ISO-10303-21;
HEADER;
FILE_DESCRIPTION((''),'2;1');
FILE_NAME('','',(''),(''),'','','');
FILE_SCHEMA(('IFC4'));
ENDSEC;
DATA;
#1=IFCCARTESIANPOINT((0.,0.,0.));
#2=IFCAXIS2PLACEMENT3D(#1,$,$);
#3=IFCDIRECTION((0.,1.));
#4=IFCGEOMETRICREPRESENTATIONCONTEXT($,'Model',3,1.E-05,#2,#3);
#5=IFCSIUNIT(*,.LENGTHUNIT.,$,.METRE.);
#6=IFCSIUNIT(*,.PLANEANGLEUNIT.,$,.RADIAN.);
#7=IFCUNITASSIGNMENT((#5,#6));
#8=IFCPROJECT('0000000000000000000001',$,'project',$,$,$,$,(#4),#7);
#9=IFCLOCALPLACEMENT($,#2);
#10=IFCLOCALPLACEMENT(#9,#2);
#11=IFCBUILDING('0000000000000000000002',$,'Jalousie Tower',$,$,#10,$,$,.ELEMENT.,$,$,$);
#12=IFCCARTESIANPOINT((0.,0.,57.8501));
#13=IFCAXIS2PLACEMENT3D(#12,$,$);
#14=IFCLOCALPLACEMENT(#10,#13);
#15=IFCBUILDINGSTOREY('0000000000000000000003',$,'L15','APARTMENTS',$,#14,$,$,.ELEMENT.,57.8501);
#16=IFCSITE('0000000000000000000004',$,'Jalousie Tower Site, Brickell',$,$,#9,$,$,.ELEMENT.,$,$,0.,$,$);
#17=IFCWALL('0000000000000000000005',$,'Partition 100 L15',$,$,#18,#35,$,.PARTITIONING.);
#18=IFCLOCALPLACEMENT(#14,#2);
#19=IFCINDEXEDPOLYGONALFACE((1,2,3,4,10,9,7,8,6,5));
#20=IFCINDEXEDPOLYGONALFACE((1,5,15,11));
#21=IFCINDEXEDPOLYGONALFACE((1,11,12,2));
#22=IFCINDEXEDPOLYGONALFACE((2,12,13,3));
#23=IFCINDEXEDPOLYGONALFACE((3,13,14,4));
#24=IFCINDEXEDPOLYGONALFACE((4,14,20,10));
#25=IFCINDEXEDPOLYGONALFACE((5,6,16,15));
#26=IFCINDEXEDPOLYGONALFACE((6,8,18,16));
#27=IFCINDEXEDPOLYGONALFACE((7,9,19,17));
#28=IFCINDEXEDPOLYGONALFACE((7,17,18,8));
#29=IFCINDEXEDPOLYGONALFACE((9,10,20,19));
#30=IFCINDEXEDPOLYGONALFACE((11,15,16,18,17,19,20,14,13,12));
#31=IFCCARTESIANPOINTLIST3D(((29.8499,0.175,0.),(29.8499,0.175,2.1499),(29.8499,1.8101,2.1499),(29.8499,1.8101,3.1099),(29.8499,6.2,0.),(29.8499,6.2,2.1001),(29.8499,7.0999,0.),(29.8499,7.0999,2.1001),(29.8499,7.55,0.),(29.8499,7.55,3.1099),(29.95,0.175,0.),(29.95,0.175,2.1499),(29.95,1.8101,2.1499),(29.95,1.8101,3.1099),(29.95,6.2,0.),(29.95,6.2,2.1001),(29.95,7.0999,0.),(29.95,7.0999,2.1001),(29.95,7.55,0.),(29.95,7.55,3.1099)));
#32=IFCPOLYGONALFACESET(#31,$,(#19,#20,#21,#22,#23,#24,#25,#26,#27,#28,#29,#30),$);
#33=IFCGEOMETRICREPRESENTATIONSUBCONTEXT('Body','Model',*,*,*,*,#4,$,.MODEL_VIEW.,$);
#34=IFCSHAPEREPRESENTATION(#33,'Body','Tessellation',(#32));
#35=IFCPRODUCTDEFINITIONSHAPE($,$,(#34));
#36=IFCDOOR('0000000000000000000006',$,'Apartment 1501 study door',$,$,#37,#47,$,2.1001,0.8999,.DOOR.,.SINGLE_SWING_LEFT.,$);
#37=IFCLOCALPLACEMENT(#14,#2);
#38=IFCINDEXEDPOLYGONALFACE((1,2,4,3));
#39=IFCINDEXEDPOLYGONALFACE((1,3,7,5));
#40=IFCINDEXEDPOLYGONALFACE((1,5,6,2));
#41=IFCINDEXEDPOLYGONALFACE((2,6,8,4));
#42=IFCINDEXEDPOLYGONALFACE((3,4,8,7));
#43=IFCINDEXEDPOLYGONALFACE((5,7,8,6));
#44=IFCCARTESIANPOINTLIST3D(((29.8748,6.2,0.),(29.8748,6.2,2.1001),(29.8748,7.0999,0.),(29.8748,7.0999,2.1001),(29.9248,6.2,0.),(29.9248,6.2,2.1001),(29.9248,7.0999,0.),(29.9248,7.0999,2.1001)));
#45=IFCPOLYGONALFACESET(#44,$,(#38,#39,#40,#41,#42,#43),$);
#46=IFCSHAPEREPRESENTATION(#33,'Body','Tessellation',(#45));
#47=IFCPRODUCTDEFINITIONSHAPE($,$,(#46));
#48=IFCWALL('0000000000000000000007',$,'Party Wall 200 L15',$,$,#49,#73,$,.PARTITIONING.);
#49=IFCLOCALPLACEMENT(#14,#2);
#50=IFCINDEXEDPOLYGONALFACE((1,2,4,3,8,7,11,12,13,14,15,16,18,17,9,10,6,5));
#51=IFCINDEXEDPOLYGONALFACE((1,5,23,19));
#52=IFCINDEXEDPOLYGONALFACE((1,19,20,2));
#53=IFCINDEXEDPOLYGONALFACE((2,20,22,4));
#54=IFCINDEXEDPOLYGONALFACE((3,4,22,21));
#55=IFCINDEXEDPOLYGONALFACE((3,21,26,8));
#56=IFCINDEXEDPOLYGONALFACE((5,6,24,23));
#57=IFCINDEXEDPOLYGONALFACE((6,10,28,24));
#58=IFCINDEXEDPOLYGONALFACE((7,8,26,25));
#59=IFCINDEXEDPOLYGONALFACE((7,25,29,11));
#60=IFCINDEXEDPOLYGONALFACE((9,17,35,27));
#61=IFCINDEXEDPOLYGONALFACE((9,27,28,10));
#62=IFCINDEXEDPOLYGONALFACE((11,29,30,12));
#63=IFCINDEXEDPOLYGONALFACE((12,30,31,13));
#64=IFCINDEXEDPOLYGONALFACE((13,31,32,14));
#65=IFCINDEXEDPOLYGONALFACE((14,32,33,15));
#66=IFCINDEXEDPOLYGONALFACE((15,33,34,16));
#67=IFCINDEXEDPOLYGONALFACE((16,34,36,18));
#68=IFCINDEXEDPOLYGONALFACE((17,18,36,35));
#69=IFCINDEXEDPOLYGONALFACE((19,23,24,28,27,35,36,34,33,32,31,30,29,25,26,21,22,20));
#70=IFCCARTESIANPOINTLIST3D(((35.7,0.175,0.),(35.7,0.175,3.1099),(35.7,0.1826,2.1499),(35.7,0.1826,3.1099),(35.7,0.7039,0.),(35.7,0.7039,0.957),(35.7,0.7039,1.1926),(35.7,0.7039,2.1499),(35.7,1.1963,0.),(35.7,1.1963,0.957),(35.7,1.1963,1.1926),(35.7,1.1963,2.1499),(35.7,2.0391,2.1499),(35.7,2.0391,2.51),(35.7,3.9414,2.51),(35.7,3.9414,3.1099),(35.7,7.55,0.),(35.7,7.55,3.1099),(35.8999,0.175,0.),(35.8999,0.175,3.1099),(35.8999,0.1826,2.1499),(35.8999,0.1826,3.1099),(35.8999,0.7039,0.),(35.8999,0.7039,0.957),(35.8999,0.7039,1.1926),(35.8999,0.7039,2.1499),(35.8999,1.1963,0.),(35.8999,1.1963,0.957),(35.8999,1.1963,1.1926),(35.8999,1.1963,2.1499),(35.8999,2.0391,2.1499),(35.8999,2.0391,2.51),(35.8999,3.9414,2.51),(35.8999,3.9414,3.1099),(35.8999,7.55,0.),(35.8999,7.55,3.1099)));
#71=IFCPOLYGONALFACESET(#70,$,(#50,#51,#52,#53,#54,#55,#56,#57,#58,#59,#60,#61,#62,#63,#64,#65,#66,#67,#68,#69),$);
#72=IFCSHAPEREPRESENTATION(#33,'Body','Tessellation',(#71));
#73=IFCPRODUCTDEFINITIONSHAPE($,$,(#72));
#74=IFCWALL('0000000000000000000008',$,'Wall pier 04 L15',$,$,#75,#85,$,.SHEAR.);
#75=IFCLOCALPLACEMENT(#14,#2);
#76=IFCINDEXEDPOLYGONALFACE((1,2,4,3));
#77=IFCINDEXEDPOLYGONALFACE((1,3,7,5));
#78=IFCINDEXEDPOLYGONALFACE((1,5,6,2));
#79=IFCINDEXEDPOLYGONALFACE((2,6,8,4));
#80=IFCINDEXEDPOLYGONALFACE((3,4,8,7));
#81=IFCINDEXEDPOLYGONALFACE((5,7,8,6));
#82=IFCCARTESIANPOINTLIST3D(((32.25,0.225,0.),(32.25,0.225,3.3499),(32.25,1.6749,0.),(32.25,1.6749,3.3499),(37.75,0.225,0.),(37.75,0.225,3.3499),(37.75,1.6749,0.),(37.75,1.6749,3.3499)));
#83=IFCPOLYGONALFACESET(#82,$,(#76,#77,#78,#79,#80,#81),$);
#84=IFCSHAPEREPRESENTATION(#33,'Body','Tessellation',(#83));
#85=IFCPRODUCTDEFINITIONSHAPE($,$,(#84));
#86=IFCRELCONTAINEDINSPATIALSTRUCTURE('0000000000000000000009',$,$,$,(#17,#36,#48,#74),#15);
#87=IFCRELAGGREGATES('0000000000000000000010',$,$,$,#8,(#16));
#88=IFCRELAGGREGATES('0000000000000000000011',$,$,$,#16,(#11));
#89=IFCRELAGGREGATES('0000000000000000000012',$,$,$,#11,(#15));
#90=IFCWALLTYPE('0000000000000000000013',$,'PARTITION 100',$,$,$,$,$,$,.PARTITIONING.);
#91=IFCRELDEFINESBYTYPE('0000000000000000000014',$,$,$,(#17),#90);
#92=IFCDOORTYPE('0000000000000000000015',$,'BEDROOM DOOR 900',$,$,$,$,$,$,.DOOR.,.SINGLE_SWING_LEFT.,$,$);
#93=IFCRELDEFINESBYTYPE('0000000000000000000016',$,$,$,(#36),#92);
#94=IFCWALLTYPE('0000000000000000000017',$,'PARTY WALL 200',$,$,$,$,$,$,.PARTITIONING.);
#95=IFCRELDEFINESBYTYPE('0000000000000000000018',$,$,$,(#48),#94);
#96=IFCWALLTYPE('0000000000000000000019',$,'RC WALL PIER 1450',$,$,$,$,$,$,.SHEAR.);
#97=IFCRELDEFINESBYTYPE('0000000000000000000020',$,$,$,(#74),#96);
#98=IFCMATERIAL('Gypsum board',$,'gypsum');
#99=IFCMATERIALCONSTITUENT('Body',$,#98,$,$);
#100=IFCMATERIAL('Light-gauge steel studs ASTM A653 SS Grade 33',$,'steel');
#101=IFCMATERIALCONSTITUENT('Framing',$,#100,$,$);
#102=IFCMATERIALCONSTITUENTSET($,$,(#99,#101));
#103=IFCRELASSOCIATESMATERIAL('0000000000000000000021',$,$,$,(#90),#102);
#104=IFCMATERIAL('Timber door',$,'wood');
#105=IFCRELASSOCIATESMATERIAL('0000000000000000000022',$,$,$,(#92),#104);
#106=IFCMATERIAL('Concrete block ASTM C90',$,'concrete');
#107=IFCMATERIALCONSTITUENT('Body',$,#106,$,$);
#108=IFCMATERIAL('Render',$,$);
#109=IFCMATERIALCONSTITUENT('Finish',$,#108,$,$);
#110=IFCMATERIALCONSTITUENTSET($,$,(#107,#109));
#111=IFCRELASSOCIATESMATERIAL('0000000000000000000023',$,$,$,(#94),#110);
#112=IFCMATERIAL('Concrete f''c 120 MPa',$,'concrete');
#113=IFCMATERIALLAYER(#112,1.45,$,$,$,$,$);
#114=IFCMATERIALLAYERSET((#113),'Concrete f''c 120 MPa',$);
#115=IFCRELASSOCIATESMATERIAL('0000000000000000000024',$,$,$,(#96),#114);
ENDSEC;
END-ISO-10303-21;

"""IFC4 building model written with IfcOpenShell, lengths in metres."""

from ifc_helpers import new_model, si_unit, direction, frame, frame_2d, origin, place, context, subcontext, project, spatial, polyline, rectangle, outline, extrude, material, layer, layer_set, constituent, constituent_set, type_object, element, fill, save


model = new_model("IFC4")

# Units and contexts
model_context = context("Model", 3, precision=1e-05, world=origin(), true_north=direction((0.0, 1.0)))
body_context = subcontext(model_context, "Body", "Model", "MODEL_VIEW")
ifc_project = project(units=[si_unit("LENGTHUNIT", "METRE"), si_unit("PLANEANGLEUNIT", "RADIAN")], contexts=[model_context])

# Site, building, storey
site_placement = place(None, origin())
site = spatial("IfcSite", under=ifc_project, at=site_placement, Name="Jalousie Tower Site, Brickell", CompositionType="ELEMENT", RefElevation=0.0)
building_placement = place(site_placement, origin())
building = spatial("IfcBuilding", under=site, at=building_placement, Name="Jalousie Tower", CompositionType="ELEMENT")
storey_placement = place(building_placement, frame((0.0, 0.0, 57.8501)))
storey = spatial("IfcBuildingStorey", under=building, at=storey_placement, Name="L15", Description="APARTMENTS", CompositionType="ELEMENT", Elevation=57.8501)

# Wall, opening, door
ifc_material_1 = material(Name="Gypsum board", Category="gypsum")
ifc_constituent_1 = constituent(ifc_material_1, Name="Body")
ifc_material_2 = material(Name="Light-gauge steel studs ASTM A653 SS Grade 33", Category="steel")
ifc_constituent_2 = constituent(ifc_material_2, Name="Framing")
ifc_constituent_set_1 = constituent_set(constituents=[ifc_constituent_1, ifc_constituent_2])
wall_type_1 = type_object("IfcWallType", Name="PARTITION 100", PredefinedType="PARTITIONING", material=ifc_constituent_set_1)
wall_1_placement = place(storey_placement, frame((29.8999, 0.175, 0.0), z_axis=(0.0, 0.0, 1.0), x_axis=(0.0, 1.0, 0.0)))
wall_1 = element("IfcWall", 1, at=wall_1_placement, inside=storey, type_object=wall_type_1, Name="Partition 100 L15", PredefinedType="PARTITIONING", context=body_context, shape_type="SweptSolid", body=[
    extrude(outline(polyline([(0.0, 0.0), (7.375, 0.0), (7.375, 3.1099), (1.635, 3.1099), (1.635, 2.1499), (0.0, 2.1499), (0.0, 3.1099), (0.0, 0.0)])), frame((0.0, 0.05, 0.0), z_axis=(0.0, -1.0, 0.0), x_axis=(1.0, 0.0, 0.0)), (0.0, 0.0, 1.0), 0.1001),
])
opening_1_placement = place(wall_1_placement, frame((6.0249, 0.0, 0.0)))
opening_1 = element("IfcOpeningElement", 2, at=opening_1_placement, cuts=wall_1, PredefinedType="OPENING", context=body_context, shape_type="SweptSolid", body=[
    extrude(rectangle(XDim=0.8999, YDim=2.1001, at=frame_2d((0.45, 1.05))), frame((0.0, 0.0601, 0.0), z_axis=(0.0, -1.0, 0.0), x_axis=(1.0, 0.0, 0.0)), (0.0, 0.0, 1.0), 0.1201),
])
ifc_material_3 = material(Name="Timber door", Category="wood")
door_type = type_object("IfcDoorType", Name="BEDROOM DOOR 900", OperationType="SINGLE_SWING_LEFT", PredefinedType="DOOR", material=ifc_material_3)
door_placement = place(opening_1_placement, frame((0.8999, 0.0, 0.0), z_axis=(0.0, 0.0, 1.0), x_axis=(-1.0, 0.0, 0.0)))
door = element("IfcDoor", 3, at=door_placement, inside=storey, type_object=door_type, Name="Apartment 1501 study door", OperationType="SINGLE_SWING_LEFT", OverallHeight=2.1001, OverallWidth=0.8999, PredefinedType="DOOR", context=body_context, shape_type="SweptSolid", body=[
    extrude(rectangle(XDim=0.8999, YDim=2.1001, at=frame_2d((0.45, 1.05))), frame((0.0, 0.0249, 0.0), z_axis=(0.0, -1.0, 0.0), x_axis=(1.0, 0.0, 0.0)), (0.0, 0.0, 1.0), 0.05),
])
fill(opening_1, door)

# Walls
ifc_material_4 = material(Name="Concrete block ASTM C90", Category="concrete")
ifc_constituent_3 = constituent(ifc_material_4, Name="Body")
ifc_material_5 = material(Name="Render")
ifc_constituent_4 = constituent(ifc_material_5, Name="Finish")
ifc_constituent_set_2 = constituent_set(constituents=[ifc_constituent_3, ifc_constituent_4])
wall_type_2 = type_object("IfcWallType", Name="PARTY WALL 200", PredefinedType="PARTITIONING", material=ifc_constituent_set_2)
wall_2_placement = place(storey_placement, frame((35.8, 0.175, 0.0), z_axis=(0.0, 0.0, 1.0), x_axis=(0.0, 1.0, 0.0)))
element("IfcWall", 4, at=wall_2_placement, inside=storey, type_object=wall_type_2, Name="Party Wall 200 L15", PredefinedType="PARTITIONING", context=body_context, shape_type="SweptSolid", body=[
    extrude(outline(polyline([(0.0076, 3.1099), (0.0, 3.1099), (0.0, 0.0), (0.5288, 0.0), (0.5288, 0.957), (1.0212, 0.957), (1.0212, 0.0), (7.375, 0.0), (7.375, 3.1099), (3.7664, 3.1099), (3.7664, 2.51), (1.864, 2.51), (1.864, 2.1499), (1.0212, 2.1499), (1.0212, 1.1926), (0.5288, 1.1926), (0.5288, 2.1499), (0.0076, 2.1499), (0.0076, 3.1099)])), frame((0.0, 0.1001, 0.0), z_axis=(0.0, -1.0, 0.0), x_axis=(1.0, 0.0, 0.0)), (0.0, 0.0, 1.0), 0.2),
])
ifc_material_6 = material(Name="Concrete f'c 120 MPa", Category="concrete")
ifc_layer_1 = layer(ifc_material_6, 1.45)
ifc_layer_set_1 = layer_set([ifc_layer_1], Name="Concrete f'c 120 MPa")
wall_type_3 = type_object("IfcWallType", Name="RC WALL PIER 1450", PredefinedType="SHEAR", material=ifc_layer_set_1)
wall_3_placement = place(storey_placement, frame((32.25, 0.95, 0.0), z_axis=(0.0, 0.0, 1.0), x_axis=(1.0, 0.0, 0.0)))
element("IfcWall", 5, at=wall_3_placement, inside=storey, type_object=wall_type_3, Name="Wall pier 04 L15", PredefinedType="SHEAR", context=body_context, shape_type="SweptSolid", body=[
    extrude(rectangle(XDim=5.5, YDim=1.45, at=frame_2d((2.75, 0.0))), origin(), (0.0, 0.0, 1.0), 3.3499),
])

save(model, "model.ifc")
